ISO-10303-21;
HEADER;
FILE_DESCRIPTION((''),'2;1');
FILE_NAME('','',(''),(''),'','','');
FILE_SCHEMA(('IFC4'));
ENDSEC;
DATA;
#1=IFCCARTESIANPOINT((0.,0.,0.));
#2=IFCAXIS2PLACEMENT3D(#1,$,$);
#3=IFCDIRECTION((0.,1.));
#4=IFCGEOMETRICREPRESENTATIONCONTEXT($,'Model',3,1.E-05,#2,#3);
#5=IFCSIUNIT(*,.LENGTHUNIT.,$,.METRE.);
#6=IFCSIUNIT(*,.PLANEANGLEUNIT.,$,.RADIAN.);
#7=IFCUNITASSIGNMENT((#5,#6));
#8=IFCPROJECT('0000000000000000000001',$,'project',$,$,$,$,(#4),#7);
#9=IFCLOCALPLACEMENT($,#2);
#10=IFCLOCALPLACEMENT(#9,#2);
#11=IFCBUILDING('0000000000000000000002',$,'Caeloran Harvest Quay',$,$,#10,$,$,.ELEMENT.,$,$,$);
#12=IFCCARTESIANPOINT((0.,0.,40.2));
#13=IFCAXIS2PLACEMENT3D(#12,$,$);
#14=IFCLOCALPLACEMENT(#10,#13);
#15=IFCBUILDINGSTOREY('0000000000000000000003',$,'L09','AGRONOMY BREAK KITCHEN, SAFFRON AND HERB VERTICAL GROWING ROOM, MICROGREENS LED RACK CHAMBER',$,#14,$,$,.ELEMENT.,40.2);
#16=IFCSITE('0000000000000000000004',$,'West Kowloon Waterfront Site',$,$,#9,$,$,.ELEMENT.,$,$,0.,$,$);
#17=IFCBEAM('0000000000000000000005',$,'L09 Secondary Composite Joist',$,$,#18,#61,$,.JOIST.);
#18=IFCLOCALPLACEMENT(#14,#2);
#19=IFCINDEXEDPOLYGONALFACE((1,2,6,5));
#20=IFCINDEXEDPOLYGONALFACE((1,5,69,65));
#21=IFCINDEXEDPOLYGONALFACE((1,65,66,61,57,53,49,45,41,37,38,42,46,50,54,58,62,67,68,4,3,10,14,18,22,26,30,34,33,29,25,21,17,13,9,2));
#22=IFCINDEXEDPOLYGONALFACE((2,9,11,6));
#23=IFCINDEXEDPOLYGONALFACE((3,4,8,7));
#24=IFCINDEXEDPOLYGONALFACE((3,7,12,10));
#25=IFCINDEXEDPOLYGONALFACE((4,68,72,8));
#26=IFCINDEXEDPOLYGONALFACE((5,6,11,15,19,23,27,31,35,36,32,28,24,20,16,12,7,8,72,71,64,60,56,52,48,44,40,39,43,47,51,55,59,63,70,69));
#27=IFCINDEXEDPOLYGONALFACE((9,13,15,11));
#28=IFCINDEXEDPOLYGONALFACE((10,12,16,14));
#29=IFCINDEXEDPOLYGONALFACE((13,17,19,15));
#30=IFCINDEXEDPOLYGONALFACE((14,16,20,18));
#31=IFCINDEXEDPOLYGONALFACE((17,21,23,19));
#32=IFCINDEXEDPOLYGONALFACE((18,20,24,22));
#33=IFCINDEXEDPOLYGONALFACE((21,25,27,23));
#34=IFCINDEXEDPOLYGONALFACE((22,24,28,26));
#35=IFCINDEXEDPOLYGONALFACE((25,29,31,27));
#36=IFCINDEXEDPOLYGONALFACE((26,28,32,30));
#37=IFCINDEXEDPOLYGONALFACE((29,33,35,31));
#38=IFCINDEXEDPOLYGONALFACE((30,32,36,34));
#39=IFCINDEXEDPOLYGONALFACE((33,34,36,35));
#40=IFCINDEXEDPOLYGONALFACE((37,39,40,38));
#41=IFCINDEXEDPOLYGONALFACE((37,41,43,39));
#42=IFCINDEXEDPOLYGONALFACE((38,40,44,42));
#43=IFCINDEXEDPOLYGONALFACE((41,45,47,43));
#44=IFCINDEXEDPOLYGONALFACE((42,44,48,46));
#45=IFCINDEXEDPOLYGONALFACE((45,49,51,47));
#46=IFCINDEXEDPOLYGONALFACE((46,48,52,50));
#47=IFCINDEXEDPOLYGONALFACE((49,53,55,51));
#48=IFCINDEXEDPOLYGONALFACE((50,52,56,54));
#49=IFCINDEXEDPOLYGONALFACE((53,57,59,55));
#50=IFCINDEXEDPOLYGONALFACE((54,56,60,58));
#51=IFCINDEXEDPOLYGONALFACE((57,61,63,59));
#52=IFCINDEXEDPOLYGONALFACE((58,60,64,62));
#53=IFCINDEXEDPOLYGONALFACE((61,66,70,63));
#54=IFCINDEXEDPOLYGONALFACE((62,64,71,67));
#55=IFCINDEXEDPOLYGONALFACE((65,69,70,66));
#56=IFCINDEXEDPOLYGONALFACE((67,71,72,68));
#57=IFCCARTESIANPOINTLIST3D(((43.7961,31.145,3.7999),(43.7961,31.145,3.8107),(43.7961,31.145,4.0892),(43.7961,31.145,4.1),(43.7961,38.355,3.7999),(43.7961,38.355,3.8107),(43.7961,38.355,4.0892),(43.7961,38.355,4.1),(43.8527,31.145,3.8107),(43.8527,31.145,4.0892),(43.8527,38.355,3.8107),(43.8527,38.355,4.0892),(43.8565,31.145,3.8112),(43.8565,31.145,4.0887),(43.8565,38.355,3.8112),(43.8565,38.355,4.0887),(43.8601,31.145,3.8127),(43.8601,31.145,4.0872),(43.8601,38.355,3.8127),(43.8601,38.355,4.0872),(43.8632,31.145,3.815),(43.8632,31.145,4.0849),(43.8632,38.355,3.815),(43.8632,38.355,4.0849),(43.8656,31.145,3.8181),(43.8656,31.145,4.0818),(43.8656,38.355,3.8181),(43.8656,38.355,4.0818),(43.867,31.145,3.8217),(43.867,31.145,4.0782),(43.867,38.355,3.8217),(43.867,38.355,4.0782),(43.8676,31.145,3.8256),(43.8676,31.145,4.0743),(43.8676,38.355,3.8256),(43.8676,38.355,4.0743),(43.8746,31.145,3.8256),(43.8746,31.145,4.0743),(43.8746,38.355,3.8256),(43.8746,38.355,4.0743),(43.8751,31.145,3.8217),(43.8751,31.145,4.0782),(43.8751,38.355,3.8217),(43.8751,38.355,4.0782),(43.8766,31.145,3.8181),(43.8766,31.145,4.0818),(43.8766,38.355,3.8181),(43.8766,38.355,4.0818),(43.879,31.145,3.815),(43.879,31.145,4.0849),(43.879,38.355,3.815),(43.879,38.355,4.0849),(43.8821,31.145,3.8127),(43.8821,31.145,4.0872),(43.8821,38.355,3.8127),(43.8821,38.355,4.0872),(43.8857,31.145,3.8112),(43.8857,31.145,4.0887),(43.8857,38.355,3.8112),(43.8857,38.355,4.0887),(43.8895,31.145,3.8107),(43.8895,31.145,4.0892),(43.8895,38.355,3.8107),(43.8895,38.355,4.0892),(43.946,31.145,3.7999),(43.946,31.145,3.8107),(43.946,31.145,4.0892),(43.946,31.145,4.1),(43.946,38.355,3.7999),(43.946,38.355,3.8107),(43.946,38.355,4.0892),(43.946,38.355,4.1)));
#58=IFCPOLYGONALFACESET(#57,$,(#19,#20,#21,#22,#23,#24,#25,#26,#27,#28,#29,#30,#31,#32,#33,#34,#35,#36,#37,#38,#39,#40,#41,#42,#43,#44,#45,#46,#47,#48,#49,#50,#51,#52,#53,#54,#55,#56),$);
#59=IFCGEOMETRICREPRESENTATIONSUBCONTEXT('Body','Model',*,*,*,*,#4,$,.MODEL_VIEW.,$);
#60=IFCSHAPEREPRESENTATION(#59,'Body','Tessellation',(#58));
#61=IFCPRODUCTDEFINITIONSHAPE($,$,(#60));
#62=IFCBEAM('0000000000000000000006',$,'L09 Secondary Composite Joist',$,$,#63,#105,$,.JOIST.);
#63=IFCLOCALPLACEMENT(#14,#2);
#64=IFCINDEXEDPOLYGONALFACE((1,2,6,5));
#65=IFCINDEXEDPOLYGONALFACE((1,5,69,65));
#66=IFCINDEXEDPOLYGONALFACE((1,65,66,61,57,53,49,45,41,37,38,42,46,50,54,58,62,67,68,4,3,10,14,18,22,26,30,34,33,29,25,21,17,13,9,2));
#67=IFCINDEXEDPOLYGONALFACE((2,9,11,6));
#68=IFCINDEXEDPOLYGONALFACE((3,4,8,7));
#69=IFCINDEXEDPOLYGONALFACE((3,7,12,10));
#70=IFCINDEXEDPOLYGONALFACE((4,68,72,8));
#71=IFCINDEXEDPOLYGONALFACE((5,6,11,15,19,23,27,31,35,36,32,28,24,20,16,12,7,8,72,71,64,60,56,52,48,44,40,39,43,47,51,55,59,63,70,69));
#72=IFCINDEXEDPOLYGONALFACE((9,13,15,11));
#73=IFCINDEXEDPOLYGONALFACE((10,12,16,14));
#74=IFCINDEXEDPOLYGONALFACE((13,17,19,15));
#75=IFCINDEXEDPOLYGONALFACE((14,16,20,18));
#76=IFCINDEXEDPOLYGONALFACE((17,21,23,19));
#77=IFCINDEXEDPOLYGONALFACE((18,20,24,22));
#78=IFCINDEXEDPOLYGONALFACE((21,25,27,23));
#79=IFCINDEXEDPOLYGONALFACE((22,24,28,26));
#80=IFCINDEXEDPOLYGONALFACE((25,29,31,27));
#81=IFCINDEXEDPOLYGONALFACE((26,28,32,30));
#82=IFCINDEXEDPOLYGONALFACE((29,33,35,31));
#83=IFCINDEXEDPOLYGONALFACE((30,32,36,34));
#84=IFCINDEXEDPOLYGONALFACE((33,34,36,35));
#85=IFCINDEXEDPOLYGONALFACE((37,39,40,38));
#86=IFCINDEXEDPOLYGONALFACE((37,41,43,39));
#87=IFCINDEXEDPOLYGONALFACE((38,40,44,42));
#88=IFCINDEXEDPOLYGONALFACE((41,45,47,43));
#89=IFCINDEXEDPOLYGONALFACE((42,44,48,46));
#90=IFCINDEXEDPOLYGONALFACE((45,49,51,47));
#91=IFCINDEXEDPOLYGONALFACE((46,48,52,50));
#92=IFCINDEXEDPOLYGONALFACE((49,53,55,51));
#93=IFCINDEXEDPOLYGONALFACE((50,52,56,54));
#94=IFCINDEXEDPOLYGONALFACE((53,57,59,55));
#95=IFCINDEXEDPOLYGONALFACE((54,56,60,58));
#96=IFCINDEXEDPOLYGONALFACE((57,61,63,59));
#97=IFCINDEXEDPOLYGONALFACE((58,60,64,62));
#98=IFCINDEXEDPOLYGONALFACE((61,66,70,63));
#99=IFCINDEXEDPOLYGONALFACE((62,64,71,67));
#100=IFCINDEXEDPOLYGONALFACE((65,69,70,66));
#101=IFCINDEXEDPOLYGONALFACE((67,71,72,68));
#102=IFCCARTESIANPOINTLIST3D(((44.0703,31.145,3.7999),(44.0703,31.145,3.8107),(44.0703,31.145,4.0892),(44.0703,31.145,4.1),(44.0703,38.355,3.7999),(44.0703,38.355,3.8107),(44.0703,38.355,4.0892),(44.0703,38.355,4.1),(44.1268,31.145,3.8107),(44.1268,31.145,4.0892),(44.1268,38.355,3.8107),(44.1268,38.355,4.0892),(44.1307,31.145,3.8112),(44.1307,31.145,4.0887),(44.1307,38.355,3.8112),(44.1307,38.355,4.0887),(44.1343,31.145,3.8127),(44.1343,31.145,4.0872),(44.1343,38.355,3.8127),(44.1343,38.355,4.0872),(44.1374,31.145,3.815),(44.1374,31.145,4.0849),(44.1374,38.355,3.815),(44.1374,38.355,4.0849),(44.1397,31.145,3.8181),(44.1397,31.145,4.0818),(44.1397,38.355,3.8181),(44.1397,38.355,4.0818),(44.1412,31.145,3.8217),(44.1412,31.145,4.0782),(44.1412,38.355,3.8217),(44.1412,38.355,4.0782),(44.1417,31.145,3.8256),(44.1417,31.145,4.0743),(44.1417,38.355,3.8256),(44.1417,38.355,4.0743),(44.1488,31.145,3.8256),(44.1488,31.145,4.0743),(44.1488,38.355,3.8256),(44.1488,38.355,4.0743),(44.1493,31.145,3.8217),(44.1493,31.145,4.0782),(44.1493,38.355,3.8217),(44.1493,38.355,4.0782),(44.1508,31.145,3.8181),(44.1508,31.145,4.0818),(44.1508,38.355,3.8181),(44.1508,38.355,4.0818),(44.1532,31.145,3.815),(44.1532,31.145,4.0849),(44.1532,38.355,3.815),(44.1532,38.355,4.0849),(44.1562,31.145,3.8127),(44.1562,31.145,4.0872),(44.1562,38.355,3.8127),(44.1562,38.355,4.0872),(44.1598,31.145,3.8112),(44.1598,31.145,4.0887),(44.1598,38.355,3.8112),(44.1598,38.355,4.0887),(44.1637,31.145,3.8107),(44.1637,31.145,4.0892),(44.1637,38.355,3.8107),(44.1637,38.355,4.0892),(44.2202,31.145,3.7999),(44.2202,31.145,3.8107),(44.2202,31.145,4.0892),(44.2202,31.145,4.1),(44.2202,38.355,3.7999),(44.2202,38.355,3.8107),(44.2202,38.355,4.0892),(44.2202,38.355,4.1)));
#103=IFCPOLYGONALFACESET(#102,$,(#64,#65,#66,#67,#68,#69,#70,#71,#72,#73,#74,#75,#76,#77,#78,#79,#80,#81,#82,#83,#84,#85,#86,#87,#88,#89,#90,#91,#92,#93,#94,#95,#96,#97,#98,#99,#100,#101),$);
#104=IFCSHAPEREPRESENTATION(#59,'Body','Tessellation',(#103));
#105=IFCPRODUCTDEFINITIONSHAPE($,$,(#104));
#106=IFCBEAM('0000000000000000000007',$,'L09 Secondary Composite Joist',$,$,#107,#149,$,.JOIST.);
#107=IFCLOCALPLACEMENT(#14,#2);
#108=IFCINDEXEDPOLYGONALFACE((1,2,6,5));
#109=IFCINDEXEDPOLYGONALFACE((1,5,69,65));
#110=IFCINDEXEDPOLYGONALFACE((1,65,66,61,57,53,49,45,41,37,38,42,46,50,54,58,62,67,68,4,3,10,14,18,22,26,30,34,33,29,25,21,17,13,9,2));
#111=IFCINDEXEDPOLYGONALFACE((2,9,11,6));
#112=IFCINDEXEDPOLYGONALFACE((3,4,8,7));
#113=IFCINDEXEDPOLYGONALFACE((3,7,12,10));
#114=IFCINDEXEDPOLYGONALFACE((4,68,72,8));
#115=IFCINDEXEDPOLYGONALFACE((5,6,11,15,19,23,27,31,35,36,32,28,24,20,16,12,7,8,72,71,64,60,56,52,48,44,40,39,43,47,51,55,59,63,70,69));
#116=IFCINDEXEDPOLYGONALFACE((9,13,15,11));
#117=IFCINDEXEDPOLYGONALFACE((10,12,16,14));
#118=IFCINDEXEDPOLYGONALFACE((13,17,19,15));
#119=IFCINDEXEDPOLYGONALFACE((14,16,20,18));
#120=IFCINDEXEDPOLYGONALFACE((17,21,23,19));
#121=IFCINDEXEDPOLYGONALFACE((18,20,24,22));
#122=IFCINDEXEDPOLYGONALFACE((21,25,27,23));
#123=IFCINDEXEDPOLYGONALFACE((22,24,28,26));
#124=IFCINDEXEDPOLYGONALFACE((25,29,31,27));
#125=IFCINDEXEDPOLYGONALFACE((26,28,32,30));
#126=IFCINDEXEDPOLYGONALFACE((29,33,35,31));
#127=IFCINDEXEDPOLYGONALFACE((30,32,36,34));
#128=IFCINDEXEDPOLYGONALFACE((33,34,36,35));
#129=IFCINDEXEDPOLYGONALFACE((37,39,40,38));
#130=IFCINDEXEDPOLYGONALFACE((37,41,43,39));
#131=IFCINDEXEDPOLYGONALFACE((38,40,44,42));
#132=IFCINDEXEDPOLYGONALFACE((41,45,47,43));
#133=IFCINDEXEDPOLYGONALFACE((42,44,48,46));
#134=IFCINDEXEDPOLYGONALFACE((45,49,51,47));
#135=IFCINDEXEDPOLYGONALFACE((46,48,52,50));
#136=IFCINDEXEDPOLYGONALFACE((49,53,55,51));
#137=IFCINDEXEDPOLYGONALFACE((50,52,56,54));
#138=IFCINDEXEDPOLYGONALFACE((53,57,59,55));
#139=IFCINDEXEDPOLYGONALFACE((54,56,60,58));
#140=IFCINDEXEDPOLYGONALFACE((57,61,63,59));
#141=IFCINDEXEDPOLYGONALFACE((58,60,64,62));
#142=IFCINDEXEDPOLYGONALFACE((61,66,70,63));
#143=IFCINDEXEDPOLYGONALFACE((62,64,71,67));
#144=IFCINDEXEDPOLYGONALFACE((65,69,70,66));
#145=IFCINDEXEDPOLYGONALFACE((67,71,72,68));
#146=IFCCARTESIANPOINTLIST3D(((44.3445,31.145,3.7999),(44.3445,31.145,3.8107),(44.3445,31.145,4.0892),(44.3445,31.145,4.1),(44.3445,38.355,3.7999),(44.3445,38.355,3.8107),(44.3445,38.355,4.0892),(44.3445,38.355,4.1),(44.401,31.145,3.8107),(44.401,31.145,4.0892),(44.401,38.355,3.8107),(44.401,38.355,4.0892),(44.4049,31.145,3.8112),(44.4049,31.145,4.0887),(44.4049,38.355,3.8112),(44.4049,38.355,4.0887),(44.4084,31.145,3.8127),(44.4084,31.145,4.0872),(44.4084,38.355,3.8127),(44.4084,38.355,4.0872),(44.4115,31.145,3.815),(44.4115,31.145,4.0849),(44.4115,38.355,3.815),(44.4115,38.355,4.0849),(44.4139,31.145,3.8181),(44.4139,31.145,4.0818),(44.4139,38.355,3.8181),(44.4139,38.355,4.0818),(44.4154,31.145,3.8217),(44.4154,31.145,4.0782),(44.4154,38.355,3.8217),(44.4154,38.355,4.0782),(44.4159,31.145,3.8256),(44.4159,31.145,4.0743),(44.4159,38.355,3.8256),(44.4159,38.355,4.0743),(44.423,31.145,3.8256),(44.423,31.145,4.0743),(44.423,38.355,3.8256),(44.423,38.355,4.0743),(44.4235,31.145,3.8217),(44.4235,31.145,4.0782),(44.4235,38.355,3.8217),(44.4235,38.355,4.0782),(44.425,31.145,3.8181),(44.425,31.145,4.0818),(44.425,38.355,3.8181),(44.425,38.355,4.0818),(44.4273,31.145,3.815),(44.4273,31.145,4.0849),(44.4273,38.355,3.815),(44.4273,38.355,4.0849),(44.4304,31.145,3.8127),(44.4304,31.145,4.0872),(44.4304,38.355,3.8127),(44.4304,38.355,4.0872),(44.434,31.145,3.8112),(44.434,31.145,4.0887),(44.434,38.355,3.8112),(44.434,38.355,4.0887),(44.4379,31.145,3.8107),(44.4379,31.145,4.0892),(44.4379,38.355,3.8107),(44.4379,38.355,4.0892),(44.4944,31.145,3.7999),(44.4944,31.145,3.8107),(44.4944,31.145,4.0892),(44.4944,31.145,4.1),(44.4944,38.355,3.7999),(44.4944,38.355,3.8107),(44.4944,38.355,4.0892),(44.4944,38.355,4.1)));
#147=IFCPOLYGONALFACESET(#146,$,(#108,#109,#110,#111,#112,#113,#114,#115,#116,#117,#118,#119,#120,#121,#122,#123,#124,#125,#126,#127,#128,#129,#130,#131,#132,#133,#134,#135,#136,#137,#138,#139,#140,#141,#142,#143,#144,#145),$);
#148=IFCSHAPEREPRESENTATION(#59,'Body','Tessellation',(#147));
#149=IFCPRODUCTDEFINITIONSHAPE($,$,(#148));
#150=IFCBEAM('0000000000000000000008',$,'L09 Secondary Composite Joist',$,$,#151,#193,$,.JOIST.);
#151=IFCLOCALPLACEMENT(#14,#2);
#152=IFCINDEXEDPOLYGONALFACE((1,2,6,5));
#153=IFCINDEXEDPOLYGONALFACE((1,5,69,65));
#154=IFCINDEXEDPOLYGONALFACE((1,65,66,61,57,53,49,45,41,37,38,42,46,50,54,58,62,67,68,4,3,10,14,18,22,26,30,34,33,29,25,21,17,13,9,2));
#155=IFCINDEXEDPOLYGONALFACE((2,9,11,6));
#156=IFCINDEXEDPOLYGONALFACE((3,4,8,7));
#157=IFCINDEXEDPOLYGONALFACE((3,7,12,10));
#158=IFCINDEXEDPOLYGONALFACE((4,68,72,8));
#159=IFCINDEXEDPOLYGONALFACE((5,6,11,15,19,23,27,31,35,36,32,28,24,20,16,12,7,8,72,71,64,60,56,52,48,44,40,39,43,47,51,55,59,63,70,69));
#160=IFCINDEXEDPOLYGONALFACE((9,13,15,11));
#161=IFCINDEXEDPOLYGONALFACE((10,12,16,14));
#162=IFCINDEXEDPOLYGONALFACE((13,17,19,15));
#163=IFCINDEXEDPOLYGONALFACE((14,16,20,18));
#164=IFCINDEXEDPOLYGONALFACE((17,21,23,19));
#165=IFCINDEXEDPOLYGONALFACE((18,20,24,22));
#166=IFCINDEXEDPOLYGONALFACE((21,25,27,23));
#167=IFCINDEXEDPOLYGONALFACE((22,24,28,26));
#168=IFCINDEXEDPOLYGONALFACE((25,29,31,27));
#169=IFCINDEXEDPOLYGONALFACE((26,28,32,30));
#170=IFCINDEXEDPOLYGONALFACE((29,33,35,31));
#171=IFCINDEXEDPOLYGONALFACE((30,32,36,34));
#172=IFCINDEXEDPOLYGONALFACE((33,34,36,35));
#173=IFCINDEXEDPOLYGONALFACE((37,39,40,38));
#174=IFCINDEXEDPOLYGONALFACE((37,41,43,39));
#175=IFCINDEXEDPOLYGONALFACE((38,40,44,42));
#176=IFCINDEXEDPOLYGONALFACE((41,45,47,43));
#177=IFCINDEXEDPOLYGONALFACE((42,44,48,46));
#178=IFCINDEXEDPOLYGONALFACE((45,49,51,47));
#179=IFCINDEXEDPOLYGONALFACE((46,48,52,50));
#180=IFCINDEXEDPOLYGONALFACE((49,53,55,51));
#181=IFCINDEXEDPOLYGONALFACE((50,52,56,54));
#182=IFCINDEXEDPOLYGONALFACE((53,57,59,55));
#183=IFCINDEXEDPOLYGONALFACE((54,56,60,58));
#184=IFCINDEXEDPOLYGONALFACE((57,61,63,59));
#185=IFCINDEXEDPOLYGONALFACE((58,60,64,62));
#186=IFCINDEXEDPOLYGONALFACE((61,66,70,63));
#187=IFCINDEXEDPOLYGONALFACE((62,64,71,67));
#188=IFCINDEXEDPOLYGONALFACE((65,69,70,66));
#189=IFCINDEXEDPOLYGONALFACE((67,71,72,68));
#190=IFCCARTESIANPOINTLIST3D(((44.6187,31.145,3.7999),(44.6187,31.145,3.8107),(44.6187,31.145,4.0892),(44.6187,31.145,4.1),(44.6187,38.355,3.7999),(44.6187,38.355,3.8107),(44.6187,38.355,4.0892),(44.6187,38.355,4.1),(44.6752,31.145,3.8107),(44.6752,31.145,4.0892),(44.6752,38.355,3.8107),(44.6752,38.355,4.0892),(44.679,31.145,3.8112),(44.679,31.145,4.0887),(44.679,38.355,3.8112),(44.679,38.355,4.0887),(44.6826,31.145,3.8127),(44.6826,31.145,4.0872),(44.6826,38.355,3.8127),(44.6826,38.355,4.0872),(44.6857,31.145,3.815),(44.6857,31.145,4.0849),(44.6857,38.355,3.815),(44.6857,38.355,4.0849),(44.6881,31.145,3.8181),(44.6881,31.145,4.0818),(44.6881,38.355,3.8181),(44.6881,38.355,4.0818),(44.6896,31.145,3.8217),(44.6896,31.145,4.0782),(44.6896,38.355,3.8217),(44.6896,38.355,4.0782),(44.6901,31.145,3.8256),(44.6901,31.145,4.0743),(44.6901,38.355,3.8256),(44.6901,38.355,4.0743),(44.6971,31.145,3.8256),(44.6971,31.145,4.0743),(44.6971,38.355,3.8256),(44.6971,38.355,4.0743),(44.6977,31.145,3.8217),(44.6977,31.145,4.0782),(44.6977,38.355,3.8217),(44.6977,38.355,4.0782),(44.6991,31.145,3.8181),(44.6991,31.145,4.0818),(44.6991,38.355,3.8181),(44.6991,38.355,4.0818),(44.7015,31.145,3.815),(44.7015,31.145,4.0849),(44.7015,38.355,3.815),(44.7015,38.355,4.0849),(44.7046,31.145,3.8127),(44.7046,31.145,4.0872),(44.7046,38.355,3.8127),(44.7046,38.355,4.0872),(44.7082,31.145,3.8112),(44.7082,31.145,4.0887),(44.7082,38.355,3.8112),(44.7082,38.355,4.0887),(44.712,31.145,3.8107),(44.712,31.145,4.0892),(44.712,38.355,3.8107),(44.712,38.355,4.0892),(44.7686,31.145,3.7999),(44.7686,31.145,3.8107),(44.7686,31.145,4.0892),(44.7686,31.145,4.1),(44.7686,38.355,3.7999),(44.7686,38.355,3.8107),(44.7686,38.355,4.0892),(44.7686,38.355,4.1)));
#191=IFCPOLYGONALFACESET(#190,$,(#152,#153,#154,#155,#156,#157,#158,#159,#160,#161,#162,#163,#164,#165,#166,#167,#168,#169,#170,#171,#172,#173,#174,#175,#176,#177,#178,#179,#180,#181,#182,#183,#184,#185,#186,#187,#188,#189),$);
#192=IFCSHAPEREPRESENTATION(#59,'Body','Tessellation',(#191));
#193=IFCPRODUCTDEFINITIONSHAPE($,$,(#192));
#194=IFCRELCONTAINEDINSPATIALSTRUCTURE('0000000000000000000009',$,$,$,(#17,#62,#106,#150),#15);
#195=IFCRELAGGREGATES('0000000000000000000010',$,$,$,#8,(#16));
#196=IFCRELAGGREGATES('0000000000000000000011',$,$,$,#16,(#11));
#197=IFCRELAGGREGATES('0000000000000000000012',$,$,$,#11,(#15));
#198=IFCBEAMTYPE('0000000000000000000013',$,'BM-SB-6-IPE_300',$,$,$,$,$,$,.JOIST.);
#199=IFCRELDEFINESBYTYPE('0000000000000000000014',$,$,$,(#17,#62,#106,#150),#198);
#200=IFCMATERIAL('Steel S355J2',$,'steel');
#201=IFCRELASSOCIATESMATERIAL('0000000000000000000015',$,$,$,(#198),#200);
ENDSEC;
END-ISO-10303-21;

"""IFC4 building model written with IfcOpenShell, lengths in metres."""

from ifc_helpers import new_model, si_unit, direction, frame, origin, origin_2d, place, context, subcontext, project, spatial, i_section, extrude, material, material_profile, profile_set, type_object, element, save


model = new_model("IFC4")

# Units and contexts
model_context = context("Model", 3, precision=1e-05, world=origin(), true_north=direction((0.0, 1.0)))
body_context = subcontext(model_context, "Body", "Model", "MODEL_VIEW")
ifc_project = project(units=[si_unit("LENGTHUNIT", "METRE"), si_unit("PLANEANGLEUNIT", "RADIAN")], contexts=[model_context])

# Site, building, storey
site_placement = place(None, origin())
site = spatial("IfcSite", under=ifc_project, at=site_placement, Name="West Kowloon Waterfront Site", CompositionType="ELEMENT", RefElevation=0.0)
building_placement = place(site_placement, origin())
building = spatial("IfcBuilding", under=site, at=building_placement, Name="Caeloran Harvest Quay", CompositionType="ELEMENT")
storey_placement = place(building_placement, frame((0.0, 0.0, 40.2)))
storey = spatial("IfcBuildingStorey", under=building, at=storey_placement, Name="L09", Description="AGRONOMY BREAK KITCHEN, SAFFRON AND HERB VERTICAL GROWING ROOM, MICROGREENS LED RACK CHAMBER", CompositionType="ELEMENT", Elevation=40.2)

# Beams
ifc_material_1 = material(Name="Steel S355J2", Category="steel")
ifc_material_profile_1 = material_profile(ifc_material_1, i_section(OverallWidth=0.1499, OverallDepth=0.3, WebThickness=0.0071, FlangeThickness=0.0107, FilletRadius=0.0149, at=origin_2d()), Name="IPE 300")
ifc_profile_set_1 = profile_set([ifc_material_profile_1], Name="Steel S355J2")
beam_type_1 = type_object("IfcBeamType", Name="BM-SB-6-IPE_300", PredefinedType="JOIST", material=ifc_profile_set_1)
for number, where, z_axis, x_axis, name in (
    (1, (43.8711, 31.145, 3.95), (0.0, 1.0, 0.0), (-1.0, 0.0, 0.0), "L09 Secondary Composite Joist"),
    (2, (44.1453, 31.145, 3.95), (0.0, 1.0, 0.0), (-1.0, 0.0, 0.0), "L09 Secondary Composite Joist"),
    (3, (44.4194, 31.145, 3.95), (0.0, 1.0, 0.0), (-1.0, 0.0, 0.0), "L09 Secondary Composite Joist"),
    (4, (44.6936, 31.145, 3.95), (0.0, 1.0, 0.0), (-1.0, 0.0, 0.0), "L09 Secondary Composite Joist"),
):
    element("IfcBeam", number, at=place(storey_placement, frame(where, z_axis=z_axis, x_axis=x_axis)), inside=storey, type_object=beam_type_1, Name=name, PredefinedType="JOIST", context=body_context, shape_type="SweptSolid", body=[
        extrude(i_section(OverallWidth=0.1499, OverallDepth=0.3, WebThickness=0.0071, FlangeThickness=0.0107, FilletRadius=0.0149, at=origin_2d()), origin(), (0.0, 0.0, 1.0), 7.21),
    ])

save(model, "model.ifc")
